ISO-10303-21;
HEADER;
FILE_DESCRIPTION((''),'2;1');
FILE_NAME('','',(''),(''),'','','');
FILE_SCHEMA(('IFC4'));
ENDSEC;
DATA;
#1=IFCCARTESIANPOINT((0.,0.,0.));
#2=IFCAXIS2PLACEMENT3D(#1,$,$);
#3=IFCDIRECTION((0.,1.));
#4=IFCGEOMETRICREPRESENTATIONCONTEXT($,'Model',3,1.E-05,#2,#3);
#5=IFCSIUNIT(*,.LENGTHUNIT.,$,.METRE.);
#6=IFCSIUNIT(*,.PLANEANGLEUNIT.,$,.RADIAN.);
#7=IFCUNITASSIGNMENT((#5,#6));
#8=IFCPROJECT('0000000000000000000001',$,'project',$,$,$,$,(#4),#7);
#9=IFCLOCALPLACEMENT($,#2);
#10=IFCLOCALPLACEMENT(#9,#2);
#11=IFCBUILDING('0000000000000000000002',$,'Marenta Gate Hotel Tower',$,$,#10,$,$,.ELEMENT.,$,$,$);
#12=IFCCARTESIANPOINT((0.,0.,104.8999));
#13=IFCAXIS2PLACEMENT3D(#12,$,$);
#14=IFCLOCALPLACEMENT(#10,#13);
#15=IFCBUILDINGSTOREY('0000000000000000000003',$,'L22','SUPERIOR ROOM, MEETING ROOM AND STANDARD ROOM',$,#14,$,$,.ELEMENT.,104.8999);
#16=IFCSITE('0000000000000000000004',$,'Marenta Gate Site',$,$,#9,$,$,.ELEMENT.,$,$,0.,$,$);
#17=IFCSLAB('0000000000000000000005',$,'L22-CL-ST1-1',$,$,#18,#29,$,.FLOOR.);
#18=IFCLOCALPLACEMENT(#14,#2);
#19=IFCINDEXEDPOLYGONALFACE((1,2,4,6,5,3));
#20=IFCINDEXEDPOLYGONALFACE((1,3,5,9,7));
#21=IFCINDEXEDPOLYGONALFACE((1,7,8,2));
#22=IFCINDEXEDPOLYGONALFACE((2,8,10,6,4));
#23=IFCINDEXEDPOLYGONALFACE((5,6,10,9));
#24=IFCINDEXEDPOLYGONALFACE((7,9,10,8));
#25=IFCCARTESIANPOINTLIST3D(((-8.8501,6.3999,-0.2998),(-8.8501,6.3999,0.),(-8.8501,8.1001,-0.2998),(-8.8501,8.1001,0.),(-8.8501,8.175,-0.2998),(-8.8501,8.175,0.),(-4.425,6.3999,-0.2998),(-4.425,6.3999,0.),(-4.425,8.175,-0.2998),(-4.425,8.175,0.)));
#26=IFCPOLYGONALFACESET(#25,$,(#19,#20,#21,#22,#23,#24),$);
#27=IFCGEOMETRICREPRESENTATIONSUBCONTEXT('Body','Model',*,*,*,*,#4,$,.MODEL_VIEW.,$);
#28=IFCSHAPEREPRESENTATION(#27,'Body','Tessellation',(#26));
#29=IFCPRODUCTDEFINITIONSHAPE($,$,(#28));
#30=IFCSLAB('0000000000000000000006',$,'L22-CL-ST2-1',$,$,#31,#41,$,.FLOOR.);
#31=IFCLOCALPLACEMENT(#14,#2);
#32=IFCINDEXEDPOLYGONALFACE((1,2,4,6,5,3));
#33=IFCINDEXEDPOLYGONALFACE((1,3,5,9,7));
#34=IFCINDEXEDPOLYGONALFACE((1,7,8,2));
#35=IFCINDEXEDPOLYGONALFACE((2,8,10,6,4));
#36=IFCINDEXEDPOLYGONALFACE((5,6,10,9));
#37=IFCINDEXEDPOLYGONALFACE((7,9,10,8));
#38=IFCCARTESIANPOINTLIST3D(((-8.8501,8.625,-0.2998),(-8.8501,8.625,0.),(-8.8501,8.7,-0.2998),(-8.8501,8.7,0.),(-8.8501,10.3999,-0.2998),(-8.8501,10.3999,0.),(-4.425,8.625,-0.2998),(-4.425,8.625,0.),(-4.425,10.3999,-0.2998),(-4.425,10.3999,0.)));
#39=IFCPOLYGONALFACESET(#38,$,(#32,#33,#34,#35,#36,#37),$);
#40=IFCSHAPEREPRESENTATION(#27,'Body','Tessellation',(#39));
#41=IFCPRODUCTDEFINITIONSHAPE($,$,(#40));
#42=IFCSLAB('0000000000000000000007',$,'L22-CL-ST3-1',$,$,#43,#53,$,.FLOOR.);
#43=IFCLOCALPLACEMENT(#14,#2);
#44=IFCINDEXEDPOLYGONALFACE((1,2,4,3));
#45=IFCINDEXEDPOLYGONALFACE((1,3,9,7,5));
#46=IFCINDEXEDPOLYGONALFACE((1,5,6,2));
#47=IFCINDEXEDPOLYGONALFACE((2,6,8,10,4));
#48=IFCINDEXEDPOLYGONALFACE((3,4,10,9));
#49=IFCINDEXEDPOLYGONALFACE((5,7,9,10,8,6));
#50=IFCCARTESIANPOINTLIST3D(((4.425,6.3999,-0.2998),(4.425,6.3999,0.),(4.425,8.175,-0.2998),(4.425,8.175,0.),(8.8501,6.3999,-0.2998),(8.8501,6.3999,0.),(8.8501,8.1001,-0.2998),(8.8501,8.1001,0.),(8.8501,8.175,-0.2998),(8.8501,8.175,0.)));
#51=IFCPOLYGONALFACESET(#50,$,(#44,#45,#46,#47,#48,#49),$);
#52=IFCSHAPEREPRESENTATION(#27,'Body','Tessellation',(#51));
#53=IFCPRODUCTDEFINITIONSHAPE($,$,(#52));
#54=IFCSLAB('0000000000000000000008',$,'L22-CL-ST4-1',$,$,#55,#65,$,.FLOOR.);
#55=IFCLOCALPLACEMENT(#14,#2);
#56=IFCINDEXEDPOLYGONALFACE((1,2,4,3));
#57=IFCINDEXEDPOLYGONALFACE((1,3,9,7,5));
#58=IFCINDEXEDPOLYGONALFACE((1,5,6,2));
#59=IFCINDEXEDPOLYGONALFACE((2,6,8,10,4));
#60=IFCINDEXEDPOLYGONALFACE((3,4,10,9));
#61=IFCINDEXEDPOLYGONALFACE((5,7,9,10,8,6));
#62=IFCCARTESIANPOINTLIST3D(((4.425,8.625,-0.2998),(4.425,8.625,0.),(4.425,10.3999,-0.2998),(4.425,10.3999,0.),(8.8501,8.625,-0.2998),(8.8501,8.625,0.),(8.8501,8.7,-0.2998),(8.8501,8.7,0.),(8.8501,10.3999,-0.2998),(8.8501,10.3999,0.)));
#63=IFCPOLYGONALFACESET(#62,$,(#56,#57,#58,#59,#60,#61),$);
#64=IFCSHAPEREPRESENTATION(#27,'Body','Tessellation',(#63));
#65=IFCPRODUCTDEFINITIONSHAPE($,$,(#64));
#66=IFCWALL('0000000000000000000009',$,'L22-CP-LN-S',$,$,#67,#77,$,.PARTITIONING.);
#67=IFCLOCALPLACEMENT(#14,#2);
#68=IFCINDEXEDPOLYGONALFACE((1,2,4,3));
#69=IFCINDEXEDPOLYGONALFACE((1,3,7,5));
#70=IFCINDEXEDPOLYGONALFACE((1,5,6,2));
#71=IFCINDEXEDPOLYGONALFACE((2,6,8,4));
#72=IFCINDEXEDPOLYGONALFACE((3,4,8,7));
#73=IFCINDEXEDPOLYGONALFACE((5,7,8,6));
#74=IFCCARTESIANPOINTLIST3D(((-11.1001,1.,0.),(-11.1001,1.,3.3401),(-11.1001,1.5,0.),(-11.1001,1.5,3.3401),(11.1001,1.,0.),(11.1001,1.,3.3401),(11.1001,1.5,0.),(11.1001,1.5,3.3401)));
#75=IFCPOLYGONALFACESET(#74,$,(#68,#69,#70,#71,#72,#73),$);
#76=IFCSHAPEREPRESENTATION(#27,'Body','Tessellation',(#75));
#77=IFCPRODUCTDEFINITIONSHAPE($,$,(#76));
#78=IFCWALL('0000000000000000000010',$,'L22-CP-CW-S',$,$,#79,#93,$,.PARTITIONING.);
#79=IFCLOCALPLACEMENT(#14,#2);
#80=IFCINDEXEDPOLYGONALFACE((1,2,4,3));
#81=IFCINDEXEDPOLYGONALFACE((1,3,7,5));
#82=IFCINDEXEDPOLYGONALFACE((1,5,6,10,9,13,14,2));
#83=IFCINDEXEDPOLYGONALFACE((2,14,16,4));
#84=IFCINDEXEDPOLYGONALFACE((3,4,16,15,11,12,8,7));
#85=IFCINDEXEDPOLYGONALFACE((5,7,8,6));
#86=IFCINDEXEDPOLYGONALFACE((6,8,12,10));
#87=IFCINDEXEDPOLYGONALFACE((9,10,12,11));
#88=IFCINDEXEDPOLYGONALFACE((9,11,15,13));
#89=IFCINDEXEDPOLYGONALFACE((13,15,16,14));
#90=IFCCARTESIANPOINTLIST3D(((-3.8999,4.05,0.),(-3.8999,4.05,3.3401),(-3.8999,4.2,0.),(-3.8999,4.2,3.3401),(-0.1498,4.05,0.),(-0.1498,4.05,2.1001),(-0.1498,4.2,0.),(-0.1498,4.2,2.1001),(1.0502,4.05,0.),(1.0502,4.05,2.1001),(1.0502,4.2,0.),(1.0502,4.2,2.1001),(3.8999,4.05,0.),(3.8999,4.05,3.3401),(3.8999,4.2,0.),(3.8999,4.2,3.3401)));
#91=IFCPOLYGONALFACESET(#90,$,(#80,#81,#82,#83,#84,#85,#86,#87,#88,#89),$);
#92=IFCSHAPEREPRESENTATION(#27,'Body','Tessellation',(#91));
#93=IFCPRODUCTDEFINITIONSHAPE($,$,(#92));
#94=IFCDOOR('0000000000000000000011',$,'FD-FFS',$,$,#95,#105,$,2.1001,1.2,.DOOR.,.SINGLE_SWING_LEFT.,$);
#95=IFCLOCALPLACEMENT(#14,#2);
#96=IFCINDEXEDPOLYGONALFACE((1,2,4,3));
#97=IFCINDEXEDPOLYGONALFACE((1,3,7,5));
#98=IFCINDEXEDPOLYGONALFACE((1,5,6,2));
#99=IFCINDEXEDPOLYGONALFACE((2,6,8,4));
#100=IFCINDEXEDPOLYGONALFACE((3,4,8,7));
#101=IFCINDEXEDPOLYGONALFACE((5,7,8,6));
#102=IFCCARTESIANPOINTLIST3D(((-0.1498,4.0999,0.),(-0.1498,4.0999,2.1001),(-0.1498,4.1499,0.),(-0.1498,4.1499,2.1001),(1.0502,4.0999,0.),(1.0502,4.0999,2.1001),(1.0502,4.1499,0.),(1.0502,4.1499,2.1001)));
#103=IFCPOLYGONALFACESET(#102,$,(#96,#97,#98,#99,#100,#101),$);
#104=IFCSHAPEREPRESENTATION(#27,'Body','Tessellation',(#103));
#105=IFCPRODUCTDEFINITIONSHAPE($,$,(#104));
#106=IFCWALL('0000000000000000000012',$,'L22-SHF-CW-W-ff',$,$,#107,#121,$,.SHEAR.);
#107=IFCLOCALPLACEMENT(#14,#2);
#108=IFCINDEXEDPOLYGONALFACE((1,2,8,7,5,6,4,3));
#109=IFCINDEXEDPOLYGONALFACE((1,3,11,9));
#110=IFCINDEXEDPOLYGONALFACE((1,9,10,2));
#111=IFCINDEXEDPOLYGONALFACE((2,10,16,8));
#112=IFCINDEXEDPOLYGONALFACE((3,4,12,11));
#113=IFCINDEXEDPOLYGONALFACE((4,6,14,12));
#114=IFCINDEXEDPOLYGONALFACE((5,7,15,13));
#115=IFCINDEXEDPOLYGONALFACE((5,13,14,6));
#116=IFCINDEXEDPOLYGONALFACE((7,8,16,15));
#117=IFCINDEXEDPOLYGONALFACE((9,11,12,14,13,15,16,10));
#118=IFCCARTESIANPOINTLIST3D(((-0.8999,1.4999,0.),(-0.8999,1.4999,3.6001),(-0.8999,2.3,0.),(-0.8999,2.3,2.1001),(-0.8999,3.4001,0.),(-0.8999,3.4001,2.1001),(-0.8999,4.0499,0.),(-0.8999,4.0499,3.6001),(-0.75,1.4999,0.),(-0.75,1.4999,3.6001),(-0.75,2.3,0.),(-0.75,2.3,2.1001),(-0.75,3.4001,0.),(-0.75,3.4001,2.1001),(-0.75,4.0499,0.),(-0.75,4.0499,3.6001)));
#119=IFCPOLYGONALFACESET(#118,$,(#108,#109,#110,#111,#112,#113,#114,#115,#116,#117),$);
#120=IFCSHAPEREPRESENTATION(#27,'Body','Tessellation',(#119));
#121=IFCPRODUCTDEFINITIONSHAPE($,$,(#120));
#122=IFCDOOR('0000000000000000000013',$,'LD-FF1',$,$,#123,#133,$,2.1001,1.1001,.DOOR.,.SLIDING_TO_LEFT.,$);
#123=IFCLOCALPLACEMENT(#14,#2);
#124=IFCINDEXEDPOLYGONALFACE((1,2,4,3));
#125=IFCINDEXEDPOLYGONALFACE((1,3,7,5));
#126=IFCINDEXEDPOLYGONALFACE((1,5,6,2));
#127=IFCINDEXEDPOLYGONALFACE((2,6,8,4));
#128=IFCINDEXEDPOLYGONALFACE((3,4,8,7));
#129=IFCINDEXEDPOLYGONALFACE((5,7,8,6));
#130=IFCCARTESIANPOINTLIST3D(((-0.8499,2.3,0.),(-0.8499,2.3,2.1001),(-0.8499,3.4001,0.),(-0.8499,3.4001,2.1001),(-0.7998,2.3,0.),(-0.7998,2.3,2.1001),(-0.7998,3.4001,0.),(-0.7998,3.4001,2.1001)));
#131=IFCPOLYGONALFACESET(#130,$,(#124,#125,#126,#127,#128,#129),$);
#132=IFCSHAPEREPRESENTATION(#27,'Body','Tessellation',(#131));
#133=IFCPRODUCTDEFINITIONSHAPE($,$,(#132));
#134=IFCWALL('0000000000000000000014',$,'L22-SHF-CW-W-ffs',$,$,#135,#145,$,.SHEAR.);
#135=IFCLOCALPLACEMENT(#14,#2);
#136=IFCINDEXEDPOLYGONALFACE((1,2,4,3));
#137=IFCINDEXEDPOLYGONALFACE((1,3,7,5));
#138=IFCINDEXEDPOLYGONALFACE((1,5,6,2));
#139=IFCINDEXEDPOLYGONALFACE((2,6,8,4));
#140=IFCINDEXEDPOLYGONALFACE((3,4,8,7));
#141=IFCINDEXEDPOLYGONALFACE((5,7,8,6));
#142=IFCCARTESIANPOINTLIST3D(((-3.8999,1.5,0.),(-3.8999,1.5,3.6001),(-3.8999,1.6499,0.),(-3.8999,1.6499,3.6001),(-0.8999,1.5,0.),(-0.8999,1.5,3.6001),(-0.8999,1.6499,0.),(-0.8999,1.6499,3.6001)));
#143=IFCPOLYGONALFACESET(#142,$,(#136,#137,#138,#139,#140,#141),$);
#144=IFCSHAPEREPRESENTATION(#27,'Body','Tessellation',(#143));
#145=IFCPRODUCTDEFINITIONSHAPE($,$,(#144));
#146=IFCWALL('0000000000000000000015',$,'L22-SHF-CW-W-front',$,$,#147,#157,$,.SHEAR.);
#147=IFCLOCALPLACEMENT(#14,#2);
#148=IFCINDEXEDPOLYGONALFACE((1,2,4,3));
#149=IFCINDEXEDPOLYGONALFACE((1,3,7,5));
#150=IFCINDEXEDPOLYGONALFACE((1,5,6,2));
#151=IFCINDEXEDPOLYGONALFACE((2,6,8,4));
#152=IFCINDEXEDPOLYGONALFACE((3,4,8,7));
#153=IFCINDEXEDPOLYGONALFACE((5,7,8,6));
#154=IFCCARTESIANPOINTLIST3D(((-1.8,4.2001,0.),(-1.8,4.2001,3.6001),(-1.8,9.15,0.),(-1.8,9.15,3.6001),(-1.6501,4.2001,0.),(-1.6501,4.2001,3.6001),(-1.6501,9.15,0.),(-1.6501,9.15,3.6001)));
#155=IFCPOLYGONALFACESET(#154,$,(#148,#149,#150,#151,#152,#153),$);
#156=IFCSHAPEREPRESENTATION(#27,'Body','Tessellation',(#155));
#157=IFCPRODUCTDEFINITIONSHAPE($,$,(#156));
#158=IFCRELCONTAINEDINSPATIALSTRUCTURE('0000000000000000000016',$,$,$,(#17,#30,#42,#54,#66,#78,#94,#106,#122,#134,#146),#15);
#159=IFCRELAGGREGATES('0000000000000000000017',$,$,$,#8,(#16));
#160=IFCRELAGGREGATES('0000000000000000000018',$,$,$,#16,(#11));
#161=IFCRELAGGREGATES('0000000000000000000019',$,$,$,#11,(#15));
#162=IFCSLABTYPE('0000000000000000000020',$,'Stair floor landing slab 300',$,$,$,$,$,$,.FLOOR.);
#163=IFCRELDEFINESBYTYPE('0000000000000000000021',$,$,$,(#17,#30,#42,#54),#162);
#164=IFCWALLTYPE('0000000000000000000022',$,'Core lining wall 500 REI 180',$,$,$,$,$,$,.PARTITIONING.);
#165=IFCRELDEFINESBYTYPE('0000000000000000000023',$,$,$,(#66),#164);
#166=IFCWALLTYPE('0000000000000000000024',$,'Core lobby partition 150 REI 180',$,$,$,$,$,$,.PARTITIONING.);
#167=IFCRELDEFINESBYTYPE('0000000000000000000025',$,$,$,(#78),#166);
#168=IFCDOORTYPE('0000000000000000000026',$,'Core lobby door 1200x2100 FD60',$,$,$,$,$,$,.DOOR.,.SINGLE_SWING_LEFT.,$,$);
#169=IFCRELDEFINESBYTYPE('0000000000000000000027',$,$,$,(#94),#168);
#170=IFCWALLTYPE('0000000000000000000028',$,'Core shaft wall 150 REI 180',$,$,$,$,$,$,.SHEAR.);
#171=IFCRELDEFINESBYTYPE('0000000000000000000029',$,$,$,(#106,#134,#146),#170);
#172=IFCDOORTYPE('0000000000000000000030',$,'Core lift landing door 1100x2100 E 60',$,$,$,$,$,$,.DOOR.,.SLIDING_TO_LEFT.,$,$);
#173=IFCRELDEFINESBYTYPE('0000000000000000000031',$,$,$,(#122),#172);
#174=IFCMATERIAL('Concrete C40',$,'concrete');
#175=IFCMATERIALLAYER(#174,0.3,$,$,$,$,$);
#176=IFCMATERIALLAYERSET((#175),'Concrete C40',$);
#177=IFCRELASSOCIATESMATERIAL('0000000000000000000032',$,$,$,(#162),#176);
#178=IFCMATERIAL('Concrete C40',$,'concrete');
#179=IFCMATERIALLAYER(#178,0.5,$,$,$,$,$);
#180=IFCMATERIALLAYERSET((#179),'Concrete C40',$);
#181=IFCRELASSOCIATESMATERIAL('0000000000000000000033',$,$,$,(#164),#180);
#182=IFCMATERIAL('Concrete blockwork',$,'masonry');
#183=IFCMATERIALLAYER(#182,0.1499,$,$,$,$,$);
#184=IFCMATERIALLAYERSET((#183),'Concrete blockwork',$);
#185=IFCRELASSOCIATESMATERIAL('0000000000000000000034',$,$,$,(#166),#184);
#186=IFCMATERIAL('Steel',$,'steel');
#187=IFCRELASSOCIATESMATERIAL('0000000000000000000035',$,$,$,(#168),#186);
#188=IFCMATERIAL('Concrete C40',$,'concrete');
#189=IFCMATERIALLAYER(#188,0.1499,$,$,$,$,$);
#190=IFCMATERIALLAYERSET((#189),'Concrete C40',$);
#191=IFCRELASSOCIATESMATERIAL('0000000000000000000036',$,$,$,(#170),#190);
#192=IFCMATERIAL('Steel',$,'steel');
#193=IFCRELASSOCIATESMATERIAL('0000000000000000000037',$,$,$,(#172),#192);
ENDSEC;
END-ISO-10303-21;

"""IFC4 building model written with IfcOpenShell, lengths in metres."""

from ifc_helpers import new_model, si_unit, direction, frame, frame_2d, origin, place, context, subcontext, project, spatial, polyline, rectangle, outline, extrude, material, layer, layer_set, type_object, element, fill, save


model = new_model("IFC4")

# Units and contexts
model_context = context("Model", 3, precision=1e-05, world=origin(), true_north=direction((0.0, 1.0)))
body_context = subcontext(model_context, "Body", "Model", "MODEL_VIEW")
ifc_project = project(units=[si_unit("LENGTHUNIT", "METRE"), si_unit("PLANEANGLEUNIT", "RADIAN")], contexts=[model_context])

# Site, building, storey
site_placement = place(None, origin())
site = spatial("IfcSite", under=ifc_project, at=site_placement, Name="Marenta Gate Site", CompositionType="ELEMENT", RefElevation=0.0)
building_placement = place(site_placement, origin())
building = spatial("IfcBuilding", under=site, at=building_placement, Name="Marenta Gate Hotel Tower", CompositionType="ELEMENT")
storey_placement = place(building_placement, frame((0.0, 0.0, 104.8999)))
storey = spatial("IfcBuildingStorey", under=building, at=storey_placement, Name="L22", Description="SUPERIOR ROOM, MEETING ROOM AND STANDARD ROOM", CompositionType="ELEMENT", Elevation=104.8999)

# Slabs
ifc_material_1 = material(Name="Concrete C40", Category="concrete")
ifc_layer_1 = layer(ifc_material_1, 0.3)
ifc_layer_set_1 = layer_set([ifc_layer_1], Name="Concrete C40")
slab_type_1 = type_object("IfcSlabType", Name="Stair floor landing slab 300", PredefinedType="FLOOR", material=ifc_layer_set_1)
slab_1_placement = place(storey_placement, frame((0.0, 0.0, -0.2998)))
element("IfcSlab", 1, at=slab_1_placement, inside=storey, type_object=slab_type_1, Name="L22-CL-ST1-1", PredefinedType="FLOOR", context=body_context, shape_type="SweptSolid", body=[
    extrude(outline(polyline([(-4.425, 6.3999), (-8.8501, 6.3999), (-8.8501, 8.1001), (-8.8501, 8.175), (-4.425, 8.175), (-4.425, 6.3999)])), origin(), (0.0, 0.0, 1.0), 0.2998),
])
slab_2_placement = place(storey_placement, frame((0.0, 0.0, -0.2998)))
element("IfcSlab", 2, at=slab_2_placement, inside=storey, type_object=slab_type_1, Name="L22-CL-ST2-1", PredefinedType="FLOOR", context=body_context, shape_type="SweptSolid", body=[
    extrude(outline(polyline([(-4.425, 8.625), (-8.8501, 8.625), (-8.8501, 8.7), (-8.8501, 10.3999), (-4.425, 10.3999), (-4.425, 8.625)])), origin(), (0.0, 0.0, 1.0), 0.2998),
])
slab_3_placement = place(storey_placement, frame((0.0, 0.0, -0.2998)))
element("IfcSlab", 3, at=slab_3_placement, inside=storey, type_object=slab_type_1, Name="L22-CL-ST3-1", PredefinedType="FLOOR", context=body_context, shape_type="SweptSolid", body=[
    extrude(outline(polyline([(4.425, 6.3999), (4.425, 8.175), (8.8501, 8.175), (8.8501, 8.1001), (8.8501, 6.3999), (4.425, 6.3999)])), origin(), (0.0, 0.0, 1.0), 0.2998),
])
slab_4_placement = place(storey_placement, frame((0.0, 0.0, -0.2998)))
element("IfcSlab", 4, at=slab_4_placement, inside=storey, type_object=slab_type_1, Name="L22-CL-ST4-1", PredefinedType="FLOOR", context=body_context, shape_type="SweptSolid", body=[
    extrude(outline(polyline([(4.425, 8.625), (4.425, 10.3999), (8.8501, 10.3999), (8.8501, 8.7), (8.8501, 8.625), (4.425, 8.625)])), origin(), (0.0, 0.0, 1.0), 0.2998),
])

# Wall
ifc_material_2 = material(Name="Concrete C40", Category="concrete")
ifc_layer_2 = layer(ifc_material_2, 0.5)
ifc_layer_set_2 = layer_set([ifc_layer_2], Name="Concrete C40")
wall_type_1 = type_object("IfcWallType", Name="Core lining wall 500 REI 180", PredefinedType="PARTITIONING", material=ifc_layer_set_2)
wall_1_placement = place(storey_placement, frame((-11.1001, 1.25, 0.0), z_axis=(0.0, 0.0, 1.0), x_axis=(1.0, 0.0, 0.0)))
element("IfcWall", 5, at=wall_1_placement, inside=storey, type_object=wall_type_1, Name="L22-CP-LN-S", PredefinedType="PARTITIONING", context=body_context, shape_type="SweptSolid", body=[
    extrude(rectangle(XDim=22.2002, YDim=0.5, at=frame_2d((11.1001, 0.0))), origin(), (0.0, 0.0, 1.0), 3.3401),
])

# Walls, openings, doors
ifc_material_3 = material(Name="Concrete blockwork", Category="masonry")
ifc_layer_3 = layer(ifc_material_3, 0.1499)
ifc_layer_set_3 = layer_set([ifc_layer_3], Name="Concrete blockwork")
wall_type_2 = type_object("IfcWallType", Name="Core lobby partition 150 REI 180", PredefinedType="PARTITIONING", material=ifc_layer_set_3)
wall_2_placement = place(storey_placement, frame((-3.8999, 4.125, 0.0), z_axis=(0.0, 0.0, 1.0), x_axis=(1.0, 0.0, 0.0)))
wall_2 = element("IfcWall", 6, at=wall_2_placement, inside=storey, type_object=wall_type_2, Name="L22-CP-CW-S", PredefinedType="PARTITIONING", context=body_context, shape_type="SweptSolid", body=[
    extrude(rectangle(XDim=7.7998, YDim=0.1499, at=frame_2d((3.8999, 0.0))), origin(), (0.0, 0.0, 1.0), 3.3401),
])
opening_1_placement = place(wall_2_placement, frame((3.75, 0.0, 0.0)))
opening_1 = element("IfcOpeningElement", 7, at=opening_1_placement, cuts=wall_2, PredefinedType="OPENING", context=body_context, shape_type="SweptSolid", body=[
    extrude(rectangle(XDim=1.2, YDim=2.1001, at=frame_2d((0.6001, 1.05))), frame((0.0, 0.075, 0.0), z_axis=(0.0, -1.0, 0.0), x_axis=(1.0, 0.0, 0.0)), (0.0, 0.0, 1.0), 0.1499),
])
ifc_material_4 = material(Name="Steel", Category="steel")
door_type_1 = type_object("IfcDoorType", Name="Core lobby door 1200x2100 FD60", OperationType="SINGLE_SWING_LEFT", PredefinedType="DOOR", material=ifc_material_4)
door_1_placement = place(opening_1_placement, origin())
door_1 = element("IfcDoor", 8, at=door_1_placement, inside=storey, type_object=door_type_1, Name="FD-FFS", OperationType="SINGLE_SWING_LEFT", OverallHeight=2.1001, OverallWidth=1.2, PredefinedType="DOOR", context=body_context, shape_type="SweptSolid", body=[
    extrude(rectangle(XDim=1.2, YDim=2.1001, at=frame_2d((0.6001, 1.05))), frame((0.0, 0.0249, 0.0), z_axis=(0.0, -1.0, 0.0), x_axis=(1.0, 0.0, 0.0)), (0.0, 0.0, 1.0), 0.05),
])
fill(opening_1, door_1)
ifc_material_5 = material(Name="Concrete C40", Category="concrete")
ifc_layer_4 = layer(ifc_material_5, 0.1499)
ifc_layer_set_4 = layer_set([ifc_layer_4], Name="Concrete C40")
wall_type_3 = type_object("IfcWallType", Name="Core shaft wall 150 REI 180", PredefinedType="SHEAR", material=ifc_layer_set_4)
wall_3_placement = place(storey_placement, frame((-0.825, 1.5, 0.0), z_axis=(0.0, 0.0, 1.0), x_axis=(0.0, 1.0, 0.0)))
wall_3 = element("IfcWall", 9, at=wall_3_placement, inside=storey, type_object=wall_type_3, Name="L22-SHF-CW-W-ff", PredefinedType="SHEAR", context=body_context, shape_type="SweptSolid", body=[
    extrude(rectangle(XDim=2.55, YDim=0.1499, at=frame_2d((1.2749, 0.0))), origin(), (0.0, 0.0, 1.0), 3.6001),
])
opening_2_placement = place(wall_3_placement, frame((0.8, 0.0, 0.0)))
opening_2 = element("IfcOpeningElement", 10, at=opening_2_placement, cuts=wall_3, PredefinedType="OPENING", context=body_context, shape_type="SweptSolid", body=[
    extrude(rectangle(XDim=1.1001, YDim=2.1001, at=frame_2d((0.55, 1.05))), frame((0.0, 0.075, 0.0), z_axis=(0.0, -1.0, 0.0), x_axis=(1.0, 0.0, 0.0)), (0.0, 0.0, 1.0), 0.1499),
])
ifc_material_6 = material(Name="Steel", Category="steel")
door_type_2 = type_object("IfcDoorType", Name="Core lift landing door 1100x2100 E 60", OperationType="SLIDING_TO_LEFT", PredefinedType="DOOR", material=ifc_material_6)
door_2_placement = place(opening_2_placement, origin())
door_2 = element("IfcDoor", 11, at=door_2_placement, inside=storey, type_object=door_type_2, Name="LD-FF1", OperationType="SLIDING_TO_LEFT", OverallHeight=2.1001, OverallWidth=1.1001, PredefinedType="DOOR", context=body_context, shape_type="SweptSolid", body=[
    extrude(rectangle(XDim=1.1001, YDim=2.1001, at=frame_2d((0.55, 1.05))), frame((0.0, 0.0249, 0.0), z_axis=(0.0, -1.0, 0.0), x_axis=(1.0, 0.0, 0.0)), (0.0, 0.0, 1.0), 0.05),
])
fill(opening_2, door_2)

# Walls
wall_4_placement = place(storey_placement, frame((-3.8999, 1.575, 0.0), z_axis=(0.0, 0.0, 1.0), x_axis=(1.0, 0.0, 0.0)))
element("IfcWall", 12, at=wall_4_placement, inside=storey, type_object=wall_type_3, Name="L22-SHF-CW-W-ffs", PredefinedType="SHEAR", context=body_context, shape_type="SweptSolid", body=[
    extrude(rectangle(XDim=3.0, YDim=0.1499, at=frame_2d((1.5, 0.0))), origin(), (0.0, 0.0, 1.0), 3.6001),
])
wall_5_placement = place(storey_placement, frame((-1.7251, 4.2, 0.0), z_axis=(0.0, 0.0, 1.0), x_axis=(0.0, 1.0, 0.0)))
element("IfcWall", 13, at=wall_5_placement, inside=storey, type_object=wall_type_3, Name="L22-SHF-CW-W-front", PredefinedType="SHEAR", context=body_context, shape_type="SweptSolid", body=[
    extrude(rectangle(XDim=4.95, YDim=0.1499, at=frame_2d((2.4751, 0.0))), origin(), (0.0, 0.0, 1.0), 3.6001),
])

save(model, "model.ifc")
